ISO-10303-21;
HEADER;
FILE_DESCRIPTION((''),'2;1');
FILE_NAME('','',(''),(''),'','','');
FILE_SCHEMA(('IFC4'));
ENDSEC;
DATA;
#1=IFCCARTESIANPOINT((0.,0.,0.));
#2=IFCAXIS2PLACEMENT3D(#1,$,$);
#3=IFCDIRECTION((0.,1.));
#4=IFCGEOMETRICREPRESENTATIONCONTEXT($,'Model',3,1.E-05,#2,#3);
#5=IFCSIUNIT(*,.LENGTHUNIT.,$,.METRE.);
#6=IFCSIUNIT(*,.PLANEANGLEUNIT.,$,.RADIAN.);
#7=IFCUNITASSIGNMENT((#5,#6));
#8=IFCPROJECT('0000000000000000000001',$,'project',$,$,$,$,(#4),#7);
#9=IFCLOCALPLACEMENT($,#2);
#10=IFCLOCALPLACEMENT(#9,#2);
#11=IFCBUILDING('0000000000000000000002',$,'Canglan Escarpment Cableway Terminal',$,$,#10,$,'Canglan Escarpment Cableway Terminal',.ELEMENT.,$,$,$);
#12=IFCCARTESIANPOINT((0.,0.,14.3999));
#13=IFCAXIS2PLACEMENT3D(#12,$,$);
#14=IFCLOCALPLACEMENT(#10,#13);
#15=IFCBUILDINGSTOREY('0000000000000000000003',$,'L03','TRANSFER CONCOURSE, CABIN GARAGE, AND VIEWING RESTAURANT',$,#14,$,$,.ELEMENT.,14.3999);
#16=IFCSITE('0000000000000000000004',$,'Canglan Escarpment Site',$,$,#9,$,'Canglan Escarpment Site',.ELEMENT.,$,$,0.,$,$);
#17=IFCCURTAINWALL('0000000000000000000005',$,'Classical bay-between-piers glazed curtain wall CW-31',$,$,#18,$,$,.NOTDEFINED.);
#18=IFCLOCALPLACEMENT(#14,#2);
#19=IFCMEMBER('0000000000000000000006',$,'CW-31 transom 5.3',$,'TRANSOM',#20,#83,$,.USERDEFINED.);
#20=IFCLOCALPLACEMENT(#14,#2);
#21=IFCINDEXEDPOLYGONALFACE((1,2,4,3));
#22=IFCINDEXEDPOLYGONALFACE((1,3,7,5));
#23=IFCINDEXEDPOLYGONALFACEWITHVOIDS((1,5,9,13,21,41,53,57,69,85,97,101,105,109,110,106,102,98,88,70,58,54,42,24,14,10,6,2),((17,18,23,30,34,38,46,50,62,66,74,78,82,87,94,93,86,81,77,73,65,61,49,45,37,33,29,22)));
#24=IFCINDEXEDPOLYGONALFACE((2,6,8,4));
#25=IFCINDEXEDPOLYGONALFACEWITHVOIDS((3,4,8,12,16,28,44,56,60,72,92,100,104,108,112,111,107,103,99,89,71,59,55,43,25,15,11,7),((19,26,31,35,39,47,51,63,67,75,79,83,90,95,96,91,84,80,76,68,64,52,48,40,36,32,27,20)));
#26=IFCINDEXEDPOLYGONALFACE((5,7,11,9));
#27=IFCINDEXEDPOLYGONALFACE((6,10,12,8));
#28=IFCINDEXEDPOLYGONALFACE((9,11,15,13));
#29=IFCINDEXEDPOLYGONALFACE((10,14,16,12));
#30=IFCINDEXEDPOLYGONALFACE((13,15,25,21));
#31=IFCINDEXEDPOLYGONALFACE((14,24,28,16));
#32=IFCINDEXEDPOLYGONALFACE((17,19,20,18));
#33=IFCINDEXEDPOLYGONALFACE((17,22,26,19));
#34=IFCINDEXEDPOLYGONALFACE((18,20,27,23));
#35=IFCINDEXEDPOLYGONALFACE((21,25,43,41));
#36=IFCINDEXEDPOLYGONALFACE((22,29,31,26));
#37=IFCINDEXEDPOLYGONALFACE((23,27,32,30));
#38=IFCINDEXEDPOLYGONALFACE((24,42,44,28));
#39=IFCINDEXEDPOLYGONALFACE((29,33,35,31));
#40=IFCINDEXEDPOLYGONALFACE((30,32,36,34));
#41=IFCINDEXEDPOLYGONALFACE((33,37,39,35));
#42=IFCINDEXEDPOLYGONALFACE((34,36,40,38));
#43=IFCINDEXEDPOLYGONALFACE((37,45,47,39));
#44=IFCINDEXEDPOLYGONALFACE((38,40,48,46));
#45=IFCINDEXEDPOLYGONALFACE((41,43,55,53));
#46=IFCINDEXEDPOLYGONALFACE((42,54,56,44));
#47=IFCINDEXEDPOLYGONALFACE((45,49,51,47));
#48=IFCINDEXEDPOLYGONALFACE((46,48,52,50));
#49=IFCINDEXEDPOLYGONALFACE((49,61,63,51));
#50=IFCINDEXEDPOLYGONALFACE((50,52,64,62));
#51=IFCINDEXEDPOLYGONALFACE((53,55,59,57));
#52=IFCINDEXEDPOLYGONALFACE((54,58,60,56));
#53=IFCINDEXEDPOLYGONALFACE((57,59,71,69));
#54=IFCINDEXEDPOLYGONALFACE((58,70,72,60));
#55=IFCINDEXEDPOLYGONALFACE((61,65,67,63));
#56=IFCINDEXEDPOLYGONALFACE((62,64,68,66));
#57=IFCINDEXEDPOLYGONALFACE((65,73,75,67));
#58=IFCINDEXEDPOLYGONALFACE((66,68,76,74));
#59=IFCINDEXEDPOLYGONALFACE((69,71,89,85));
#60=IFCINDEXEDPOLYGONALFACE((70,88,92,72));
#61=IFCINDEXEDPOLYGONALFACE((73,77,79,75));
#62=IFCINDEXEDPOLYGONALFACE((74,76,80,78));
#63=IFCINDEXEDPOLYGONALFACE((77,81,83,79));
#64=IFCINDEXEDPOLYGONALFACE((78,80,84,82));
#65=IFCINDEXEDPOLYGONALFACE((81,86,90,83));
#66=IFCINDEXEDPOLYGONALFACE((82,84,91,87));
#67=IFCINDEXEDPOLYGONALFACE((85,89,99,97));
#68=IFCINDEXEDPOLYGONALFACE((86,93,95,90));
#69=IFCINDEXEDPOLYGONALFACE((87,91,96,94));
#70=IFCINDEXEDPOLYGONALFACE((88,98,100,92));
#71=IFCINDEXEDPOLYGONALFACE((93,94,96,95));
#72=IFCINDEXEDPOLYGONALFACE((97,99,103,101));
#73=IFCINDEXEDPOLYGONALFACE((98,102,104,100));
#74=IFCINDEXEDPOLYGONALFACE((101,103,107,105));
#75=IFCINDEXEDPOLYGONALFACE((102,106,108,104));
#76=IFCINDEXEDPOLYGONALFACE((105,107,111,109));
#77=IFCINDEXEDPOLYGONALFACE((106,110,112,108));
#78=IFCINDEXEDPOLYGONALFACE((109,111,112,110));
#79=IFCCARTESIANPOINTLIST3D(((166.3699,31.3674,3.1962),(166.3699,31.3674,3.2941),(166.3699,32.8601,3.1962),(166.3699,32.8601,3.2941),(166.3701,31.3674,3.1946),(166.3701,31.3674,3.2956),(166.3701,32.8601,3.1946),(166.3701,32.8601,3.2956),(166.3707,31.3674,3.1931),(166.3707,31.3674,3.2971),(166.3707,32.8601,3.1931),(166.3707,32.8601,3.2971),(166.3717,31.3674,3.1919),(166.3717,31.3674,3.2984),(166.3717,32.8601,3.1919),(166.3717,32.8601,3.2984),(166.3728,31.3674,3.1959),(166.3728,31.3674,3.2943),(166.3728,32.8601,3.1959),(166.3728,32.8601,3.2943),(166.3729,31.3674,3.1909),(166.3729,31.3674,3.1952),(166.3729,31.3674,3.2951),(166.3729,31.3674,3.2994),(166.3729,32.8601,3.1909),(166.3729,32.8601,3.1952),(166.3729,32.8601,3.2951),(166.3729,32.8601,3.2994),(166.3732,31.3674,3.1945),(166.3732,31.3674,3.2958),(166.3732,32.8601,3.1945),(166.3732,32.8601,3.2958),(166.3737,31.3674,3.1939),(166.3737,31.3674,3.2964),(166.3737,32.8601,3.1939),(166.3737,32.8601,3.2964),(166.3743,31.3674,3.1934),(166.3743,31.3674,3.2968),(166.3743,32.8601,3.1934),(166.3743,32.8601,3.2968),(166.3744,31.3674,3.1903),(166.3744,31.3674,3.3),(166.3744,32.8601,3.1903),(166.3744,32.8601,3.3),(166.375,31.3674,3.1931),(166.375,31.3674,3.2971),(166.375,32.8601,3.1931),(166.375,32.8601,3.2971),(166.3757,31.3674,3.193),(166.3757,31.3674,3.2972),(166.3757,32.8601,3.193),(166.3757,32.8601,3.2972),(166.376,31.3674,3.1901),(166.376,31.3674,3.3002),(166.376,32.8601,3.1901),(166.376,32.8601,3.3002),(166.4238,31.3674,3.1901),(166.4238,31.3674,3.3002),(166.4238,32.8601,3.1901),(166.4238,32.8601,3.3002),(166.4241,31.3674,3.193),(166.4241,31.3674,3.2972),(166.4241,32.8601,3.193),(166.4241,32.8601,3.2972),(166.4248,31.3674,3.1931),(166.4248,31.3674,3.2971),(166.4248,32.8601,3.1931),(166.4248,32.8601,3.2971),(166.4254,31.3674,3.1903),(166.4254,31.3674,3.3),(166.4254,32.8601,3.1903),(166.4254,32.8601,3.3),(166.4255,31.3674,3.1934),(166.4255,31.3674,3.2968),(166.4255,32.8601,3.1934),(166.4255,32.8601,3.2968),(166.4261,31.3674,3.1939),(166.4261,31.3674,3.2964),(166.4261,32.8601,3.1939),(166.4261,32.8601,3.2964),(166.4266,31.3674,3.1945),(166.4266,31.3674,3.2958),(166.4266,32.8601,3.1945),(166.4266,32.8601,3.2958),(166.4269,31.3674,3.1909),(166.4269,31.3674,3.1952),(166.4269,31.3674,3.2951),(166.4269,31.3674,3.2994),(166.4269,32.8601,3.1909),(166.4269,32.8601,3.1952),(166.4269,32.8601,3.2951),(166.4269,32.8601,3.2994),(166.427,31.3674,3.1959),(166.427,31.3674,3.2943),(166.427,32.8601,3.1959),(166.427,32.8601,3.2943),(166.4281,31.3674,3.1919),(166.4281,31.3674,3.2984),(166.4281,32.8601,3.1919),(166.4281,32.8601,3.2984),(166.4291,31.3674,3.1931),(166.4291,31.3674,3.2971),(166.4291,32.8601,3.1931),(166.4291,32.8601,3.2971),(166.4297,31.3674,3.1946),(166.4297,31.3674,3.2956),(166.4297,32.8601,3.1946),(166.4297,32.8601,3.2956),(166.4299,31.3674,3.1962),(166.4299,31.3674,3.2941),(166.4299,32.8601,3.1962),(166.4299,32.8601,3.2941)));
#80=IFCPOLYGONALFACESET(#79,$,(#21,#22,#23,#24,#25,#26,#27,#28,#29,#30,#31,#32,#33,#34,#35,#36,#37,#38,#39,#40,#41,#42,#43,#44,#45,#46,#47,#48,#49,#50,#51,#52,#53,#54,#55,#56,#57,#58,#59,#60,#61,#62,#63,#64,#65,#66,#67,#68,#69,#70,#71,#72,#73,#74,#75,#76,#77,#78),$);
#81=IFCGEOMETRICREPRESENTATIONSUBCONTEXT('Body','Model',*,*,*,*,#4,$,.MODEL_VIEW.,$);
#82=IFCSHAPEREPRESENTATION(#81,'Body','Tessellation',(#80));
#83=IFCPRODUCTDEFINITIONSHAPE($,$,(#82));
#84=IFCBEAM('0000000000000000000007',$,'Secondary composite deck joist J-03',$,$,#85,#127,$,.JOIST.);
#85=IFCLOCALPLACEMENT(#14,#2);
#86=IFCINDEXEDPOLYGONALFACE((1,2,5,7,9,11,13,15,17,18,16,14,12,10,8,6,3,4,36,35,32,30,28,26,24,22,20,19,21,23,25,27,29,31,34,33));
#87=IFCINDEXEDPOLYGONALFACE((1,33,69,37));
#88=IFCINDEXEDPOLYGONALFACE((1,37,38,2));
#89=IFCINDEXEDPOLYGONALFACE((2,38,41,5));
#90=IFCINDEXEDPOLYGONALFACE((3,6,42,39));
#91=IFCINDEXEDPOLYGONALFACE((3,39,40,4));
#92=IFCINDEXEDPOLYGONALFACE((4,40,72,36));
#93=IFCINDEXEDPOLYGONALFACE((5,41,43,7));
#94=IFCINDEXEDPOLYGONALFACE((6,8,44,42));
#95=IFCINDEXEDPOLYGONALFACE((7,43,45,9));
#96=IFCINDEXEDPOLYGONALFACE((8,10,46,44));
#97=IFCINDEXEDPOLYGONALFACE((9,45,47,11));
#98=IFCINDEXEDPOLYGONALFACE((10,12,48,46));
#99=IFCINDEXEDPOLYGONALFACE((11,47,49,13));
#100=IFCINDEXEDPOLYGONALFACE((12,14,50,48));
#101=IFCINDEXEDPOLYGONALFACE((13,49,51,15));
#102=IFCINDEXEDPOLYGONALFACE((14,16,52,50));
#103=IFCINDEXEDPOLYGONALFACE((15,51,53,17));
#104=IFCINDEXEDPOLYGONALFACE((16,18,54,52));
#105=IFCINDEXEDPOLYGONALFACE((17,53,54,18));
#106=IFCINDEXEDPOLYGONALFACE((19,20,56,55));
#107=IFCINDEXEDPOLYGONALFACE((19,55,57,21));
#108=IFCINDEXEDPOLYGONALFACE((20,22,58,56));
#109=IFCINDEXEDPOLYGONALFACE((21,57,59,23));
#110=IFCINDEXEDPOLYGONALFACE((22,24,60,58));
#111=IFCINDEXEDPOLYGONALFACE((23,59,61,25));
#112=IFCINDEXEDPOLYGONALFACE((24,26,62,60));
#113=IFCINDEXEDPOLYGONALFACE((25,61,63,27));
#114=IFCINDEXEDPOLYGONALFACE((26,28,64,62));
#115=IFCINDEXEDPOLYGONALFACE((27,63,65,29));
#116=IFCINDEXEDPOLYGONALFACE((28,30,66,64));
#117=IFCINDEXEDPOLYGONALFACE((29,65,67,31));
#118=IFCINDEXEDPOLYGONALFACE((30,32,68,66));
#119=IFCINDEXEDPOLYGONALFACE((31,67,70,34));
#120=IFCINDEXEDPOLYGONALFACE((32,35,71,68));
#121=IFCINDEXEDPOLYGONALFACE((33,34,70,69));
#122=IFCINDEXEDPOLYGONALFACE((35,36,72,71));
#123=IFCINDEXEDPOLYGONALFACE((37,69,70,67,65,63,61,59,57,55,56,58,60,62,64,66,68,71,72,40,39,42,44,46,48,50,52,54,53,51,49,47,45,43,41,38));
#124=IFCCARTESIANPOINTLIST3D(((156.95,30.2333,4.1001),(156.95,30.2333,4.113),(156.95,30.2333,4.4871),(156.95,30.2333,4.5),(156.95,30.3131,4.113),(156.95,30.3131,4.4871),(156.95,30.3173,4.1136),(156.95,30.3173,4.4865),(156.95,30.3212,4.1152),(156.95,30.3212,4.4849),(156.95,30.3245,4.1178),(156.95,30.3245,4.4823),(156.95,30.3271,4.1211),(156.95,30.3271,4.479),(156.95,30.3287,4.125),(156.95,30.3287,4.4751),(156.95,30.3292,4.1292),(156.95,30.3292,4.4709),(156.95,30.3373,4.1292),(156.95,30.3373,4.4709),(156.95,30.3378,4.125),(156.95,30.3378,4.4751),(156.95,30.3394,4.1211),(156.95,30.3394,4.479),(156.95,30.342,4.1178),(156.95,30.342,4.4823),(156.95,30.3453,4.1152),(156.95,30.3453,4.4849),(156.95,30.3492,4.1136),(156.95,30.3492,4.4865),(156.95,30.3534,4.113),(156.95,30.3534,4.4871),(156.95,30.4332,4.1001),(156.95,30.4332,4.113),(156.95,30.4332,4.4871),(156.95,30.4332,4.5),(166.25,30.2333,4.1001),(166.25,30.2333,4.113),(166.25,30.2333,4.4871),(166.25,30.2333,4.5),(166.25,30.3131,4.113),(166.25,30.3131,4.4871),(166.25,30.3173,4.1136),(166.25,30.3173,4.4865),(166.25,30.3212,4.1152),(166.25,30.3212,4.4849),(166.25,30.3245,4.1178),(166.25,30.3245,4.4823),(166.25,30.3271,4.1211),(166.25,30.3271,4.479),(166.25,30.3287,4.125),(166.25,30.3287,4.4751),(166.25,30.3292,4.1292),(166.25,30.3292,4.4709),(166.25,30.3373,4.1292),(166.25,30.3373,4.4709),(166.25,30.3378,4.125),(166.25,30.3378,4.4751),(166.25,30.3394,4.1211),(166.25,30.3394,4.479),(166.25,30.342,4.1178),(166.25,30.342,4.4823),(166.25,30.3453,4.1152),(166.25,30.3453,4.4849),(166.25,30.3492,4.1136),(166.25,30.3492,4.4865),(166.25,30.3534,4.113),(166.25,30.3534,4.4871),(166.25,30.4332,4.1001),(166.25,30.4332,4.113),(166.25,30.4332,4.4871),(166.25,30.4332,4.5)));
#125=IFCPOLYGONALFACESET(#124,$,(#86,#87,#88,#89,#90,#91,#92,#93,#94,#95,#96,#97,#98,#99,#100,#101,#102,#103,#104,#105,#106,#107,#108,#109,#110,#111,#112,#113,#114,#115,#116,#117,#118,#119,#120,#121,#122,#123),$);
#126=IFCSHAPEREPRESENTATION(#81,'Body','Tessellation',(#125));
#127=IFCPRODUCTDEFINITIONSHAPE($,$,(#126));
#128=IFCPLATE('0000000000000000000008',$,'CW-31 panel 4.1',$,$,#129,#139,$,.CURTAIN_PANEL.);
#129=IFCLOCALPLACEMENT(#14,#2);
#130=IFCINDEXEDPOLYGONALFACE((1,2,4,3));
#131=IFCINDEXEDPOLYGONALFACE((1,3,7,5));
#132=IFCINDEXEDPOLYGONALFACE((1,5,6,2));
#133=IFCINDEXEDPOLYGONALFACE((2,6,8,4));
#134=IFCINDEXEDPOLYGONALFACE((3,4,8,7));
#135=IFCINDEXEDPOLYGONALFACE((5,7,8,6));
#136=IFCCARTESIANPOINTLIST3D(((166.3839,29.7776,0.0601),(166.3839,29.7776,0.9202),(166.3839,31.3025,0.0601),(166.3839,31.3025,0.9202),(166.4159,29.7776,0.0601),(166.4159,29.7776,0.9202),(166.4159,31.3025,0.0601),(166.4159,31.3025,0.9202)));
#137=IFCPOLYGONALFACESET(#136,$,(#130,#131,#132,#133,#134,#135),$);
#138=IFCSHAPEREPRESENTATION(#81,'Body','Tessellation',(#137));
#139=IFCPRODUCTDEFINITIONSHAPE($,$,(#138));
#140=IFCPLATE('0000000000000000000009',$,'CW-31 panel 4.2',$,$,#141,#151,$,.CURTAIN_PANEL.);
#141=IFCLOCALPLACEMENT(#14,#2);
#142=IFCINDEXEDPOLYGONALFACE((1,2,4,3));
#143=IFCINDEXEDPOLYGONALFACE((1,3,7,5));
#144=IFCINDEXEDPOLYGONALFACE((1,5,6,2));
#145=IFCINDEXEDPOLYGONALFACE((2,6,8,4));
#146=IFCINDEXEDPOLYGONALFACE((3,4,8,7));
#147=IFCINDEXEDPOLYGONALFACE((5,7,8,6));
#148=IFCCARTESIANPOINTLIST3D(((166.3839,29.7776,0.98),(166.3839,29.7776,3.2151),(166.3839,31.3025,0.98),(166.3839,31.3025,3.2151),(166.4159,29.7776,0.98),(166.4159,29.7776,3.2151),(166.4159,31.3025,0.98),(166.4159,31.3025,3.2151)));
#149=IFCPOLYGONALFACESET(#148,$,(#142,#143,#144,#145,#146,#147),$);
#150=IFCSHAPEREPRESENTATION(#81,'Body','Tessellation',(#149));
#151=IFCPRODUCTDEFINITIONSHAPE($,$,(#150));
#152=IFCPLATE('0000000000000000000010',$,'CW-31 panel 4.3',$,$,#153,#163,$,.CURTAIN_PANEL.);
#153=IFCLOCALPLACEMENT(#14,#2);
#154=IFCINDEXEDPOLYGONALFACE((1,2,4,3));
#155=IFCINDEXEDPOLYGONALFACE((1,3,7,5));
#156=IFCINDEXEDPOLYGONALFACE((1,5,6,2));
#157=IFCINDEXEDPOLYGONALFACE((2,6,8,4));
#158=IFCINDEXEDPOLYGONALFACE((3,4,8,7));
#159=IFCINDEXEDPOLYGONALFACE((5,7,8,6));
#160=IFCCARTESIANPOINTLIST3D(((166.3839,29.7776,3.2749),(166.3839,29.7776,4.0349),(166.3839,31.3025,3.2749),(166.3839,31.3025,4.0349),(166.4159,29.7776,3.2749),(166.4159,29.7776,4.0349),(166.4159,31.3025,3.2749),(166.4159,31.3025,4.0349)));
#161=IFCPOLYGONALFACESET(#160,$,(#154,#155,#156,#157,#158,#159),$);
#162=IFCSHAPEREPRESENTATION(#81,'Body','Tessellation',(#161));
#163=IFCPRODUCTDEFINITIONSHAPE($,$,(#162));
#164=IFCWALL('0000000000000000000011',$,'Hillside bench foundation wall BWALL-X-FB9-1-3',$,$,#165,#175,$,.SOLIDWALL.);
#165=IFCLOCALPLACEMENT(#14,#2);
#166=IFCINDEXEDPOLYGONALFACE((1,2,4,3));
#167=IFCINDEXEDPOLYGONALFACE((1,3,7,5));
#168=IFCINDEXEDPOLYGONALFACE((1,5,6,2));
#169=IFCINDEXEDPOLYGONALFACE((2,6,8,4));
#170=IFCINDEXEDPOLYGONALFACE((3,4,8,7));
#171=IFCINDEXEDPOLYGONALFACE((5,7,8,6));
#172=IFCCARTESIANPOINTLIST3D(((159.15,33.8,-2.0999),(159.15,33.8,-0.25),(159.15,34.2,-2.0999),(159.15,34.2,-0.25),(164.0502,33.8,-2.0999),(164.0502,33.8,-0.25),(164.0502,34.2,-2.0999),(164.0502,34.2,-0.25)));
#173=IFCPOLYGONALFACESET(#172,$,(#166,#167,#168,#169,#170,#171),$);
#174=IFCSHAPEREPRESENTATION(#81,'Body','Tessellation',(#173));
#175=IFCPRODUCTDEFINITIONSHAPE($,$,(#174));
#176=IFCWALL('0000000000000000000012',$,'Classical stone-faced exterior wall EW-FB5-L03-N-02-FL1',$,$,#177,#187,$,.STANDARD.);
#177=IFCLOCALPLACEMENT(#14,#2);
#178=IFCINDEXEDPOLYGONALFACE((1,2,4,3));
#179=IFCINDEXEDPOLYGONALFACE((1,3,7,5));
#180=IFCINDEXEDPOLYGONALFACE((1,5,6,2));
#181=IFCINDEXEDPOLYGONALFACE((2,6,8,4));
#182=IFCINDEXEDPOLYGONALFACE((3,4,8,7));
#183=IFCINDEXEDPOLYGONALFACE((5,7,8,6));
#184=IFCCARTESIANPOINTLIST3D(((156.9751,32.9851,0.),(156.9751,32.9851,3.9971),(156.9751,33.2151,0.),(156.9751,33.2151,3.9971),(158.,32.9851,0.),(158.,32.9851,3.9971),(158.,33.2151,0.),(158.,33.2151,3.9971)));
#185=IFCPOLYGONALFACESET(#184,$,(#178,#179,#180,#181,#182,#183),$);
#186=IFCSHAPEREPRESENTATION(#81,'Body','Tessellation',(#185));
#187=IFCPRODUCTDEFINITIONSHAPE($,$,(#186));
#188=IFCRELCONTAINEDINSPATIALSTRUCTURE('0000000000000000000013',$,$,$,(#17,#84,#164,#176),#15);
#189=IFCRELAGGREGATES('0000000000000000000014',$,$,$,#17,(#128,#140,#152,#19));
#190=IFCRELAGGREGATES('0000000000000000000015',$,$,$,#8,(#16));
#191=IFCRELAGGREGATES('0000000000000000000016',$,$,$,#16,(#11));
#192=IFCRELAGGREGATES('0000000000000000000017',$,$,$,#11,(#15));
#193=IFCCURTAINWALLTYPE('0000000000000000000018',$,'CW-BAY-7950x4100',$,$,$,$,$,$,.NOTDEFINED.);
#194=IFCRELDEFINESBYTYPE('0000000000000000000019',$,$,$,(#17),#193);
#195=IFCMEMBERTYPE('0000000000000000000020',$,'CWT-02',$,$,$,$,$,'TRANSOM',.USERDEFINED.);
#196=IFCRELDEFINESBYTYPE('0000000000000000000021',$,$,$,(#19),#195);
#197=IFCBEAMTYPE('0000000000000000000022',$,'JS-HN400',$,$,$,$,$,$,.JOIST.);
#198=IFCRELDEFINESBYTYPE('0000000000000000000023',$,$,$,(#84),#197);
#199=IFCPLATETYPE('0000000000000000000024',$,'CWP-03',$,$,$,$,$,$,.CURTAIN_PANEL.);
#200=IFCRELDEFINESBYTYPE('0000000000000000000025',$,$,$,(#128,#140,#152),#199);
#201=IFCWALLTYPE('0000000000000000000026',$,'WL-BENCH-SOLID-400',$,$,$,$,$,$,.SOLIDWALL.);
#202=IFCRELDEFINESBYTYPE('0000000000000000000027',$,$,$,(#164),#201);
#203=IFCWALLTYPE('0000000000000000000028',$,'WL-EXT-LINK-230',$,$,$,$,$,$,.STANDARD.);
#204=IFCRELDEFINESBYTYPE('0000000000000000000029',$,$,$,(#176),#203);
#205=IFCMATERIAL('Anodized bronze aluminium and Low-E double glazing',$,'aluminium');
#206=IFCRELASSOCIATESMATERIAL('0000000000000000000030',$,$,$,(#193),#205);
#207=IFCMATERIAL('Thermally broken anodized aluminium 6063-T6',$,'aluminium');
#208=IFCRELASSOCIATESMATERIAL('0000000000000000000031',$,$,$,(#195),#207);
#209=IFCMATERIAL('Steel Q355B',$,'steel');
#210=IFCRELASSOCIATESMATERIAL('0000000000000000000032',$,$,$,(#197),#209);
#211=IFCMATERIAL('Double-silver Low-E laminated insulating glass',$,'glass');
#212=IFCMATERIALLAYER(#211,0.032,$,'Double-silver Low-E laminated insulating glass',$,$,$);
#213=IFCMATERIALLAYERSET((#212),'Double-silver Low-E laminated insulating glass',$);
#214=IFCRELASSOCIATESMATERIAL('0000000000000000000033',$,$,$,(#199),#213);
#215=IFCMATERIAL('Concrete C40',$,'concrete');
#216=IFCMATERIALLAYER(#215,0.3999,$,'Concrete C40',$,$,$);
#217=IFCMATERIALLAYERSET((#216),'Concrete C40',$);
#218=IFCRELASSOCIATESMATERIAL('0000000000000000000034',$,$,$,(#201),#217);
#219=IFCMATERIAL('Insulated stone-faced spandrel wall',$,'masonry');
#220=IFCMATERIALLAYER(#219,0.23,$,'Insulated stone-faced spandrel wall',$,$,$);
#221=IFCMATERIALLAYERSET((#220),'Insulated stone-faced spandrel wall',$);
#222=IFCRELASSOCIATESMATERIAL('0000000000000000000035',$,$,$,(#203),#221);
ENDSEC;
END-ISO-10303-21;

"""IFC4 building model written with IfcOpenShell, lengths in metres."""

from ifc_helpers import new_model, si_unit, direction, frame, frame_2d, origin, origin_2d, place, context, subcontext, project, spatial, rectangle, hollow_rectangle, i_section, extrude, material, layer, layer_set, material_profile, profile_set, type_object, element, aggregate, save


model = new_model("IFC4")

# Units and contexts
model_context = context("Model", 3, precision=1e-05, world=origin(), true_north=direction((0.0, 1.0)))
body_context = subcontext(model_context, "Body", "Model", "MODEL_VIEW")
ifc_project = project(units=[si_unit("LENGTHUNIT", "METRE"), si_unit("PLANEANGLEUNIT", "RADIAN")], contexts=[model_context])

# Site, building, storey
site_placement = place(None, origin())
site = spatial("IfcSite", under=ifc_project, at=site_placement, Name="Canglan Escarpment Site", LongName="Canglan Escarpment Site", CompositionType="ELEMENT", RefElevation=0.0)
building_placement = place(site_placement, origin())
building = spatial("IfcBuilding", under=site, at=building_placement, Name="Canglan Escarpment Cableway Terminal", LongName="Canglan Escarpment Cableway Terminal", CompositionType="ELEMENT")
storey_placement = place(building_placement, frame((0.0, 0.0, 14.3999)))
storey = spatial("IfcBuildingStorey", under=building, at=storey_placement, Name="L03", Description="TRANSFER CONCOURSE, CABIN GARAGE, AND VIEWING RESTAURANT", CompositionType="ELEMENT", Elevation=14.3999)

# Shared definitions
ifc_material_1 = material(Name="Concrete C40", Category="concrete")

# Shared definitions
ifc_material_2 = material(Name="Steel Q355B", Category="steel")

# Curtain wall, member
ifc_material_3 = material(Name="Anodized bronze aluminium and Low-E double glazing", Category="aluminium")
curtain_wall_type = type_object("IfcCurtainWallType", Name="CW-BAY-7950x4100", PredefinedType="NOTDEFINED", material=ifc_material_3)
curtain_wall_placement = place(storey_placement, origin())
curtain_wall = element("IfcCurtainWall", 1, at=curtain_wall_placement, inside=storey, type_object=curtain_wall_type, Name="Classical bay-between-piers glazed curtain wall CW-31", PredefinedType="NOTDEFINED")
ifc_material_4 = material(Name="Thermally broken anodized aluminium 6063-T6", Category="aluminium")
ifc_material_profile_1 = material_profile(ifc_material_4, hollow_rectangle(XDim=0.0601, YDim=0.1101, WallThickness=0.0029, InnerFilletRadius=0.0029, OuterFilletRadius=0.0061, at=origin_2d()), Name="ALU-TRAN 60x110x3")
ifc_profile_set_1 = profile_set([ifc_material_profile_1], Name="Thermally broken anodized aluminium 6063-T6")
member_type_1 = type_object("IfcMemberType", Name="CWT-02", ElementType="TRANSOM", PredefinedType="USERDEFINED", material=ifc_profile_set_1)
member_1_placement = place(storey_placement, frame((166.3999, 31.3674, 3.2451), z_axis=(0.0, 1.0, 0.0), x_axis=(-1.0, 0.0, 0.0)))
member_1 = element("IfcMember", 2, at=member_1_placement, type_object=member_type_1, Name="CW-31 transom 5.3", ObjectType="TRANSOM", PredefinedType="USERDEFINED", context=body_context, shape_type="SweptSolid", body=[
    extrude(hollow_rectangle(XDim=0.0601, YDim=0.1101, WallThickness=0.0029, InnerFilletRadius=0.0029, OuterFilletRadius=0.0061, at=origin_2d()), origin(), (0.0, 0.0, 1.0), 1.4927),
])

# Beam
ifc_material_profile_2 = material_profile(ifc_material_2, i_section(OverallWidth=0.2, OverallDepth=0.3999, WebThickness=0.0081, FlangeThickness=0.0129, FilletRadius=0.0161, at=origin_2d()), Name="HN 400x200x8x13")
ifc_profile_set_2 = profile_set([ifc_material_profile_2], Name="Steel Q355B")
beam_type_1 = type_object("IfcBeamType", Name="JS-HN400", PredefinedType="JOIST", material=ifc_profile_set_2)
beam_1_placement = place(storey_placement, frame((156.95, 30.3333, 4.3), z_axis=(1.0, 0.0, 0.0), x_axis=(0.0, 1.0, 0.0)))
element("IfcBeam", 3, at=beam_1_placement, inside=storey, type_object=beam_type_1, Name="Secondary composite deck joist J-03", PredefinedType="JOIST", context=body_context, shape_type="SweptSolid", body=[
    extrude(i_section(OverallWidth=0.2, OverallDepth=0.3999, WebThickness=0.0081, FlangeThickness=0.0129, FilletRadius=0.0161, at=origin_2d()), origin(), (0.0, 0.0, 1.0), 9.3),
])

# Plates
ifc_material_5 = material(Name="Double-silver Low-E laminated insulating glass", Category="glass")
ifc_layer_1 = layer(ifc_material_5, 0.032, Name="Double-silver Low-E laminated insulating glass")
ifc_layer_set_1 = layer_set([ifc_layer_1], Name="Double-silver Low-E laminated insulating glass")
plate_type = type_object("IfcPlateType", Name="CWP-03", PredefinedType="CURTAIN_PANEL", material=ifc_layer_set_1)
plate_1_placement = place(storey_placement, frame((166.3999, 30.54, 0.0601), z_axis=(0.0, 0.0, 1.0), x_axis=(0.0, 1.0, 0.0)))
plate_1 = element("IfcPlate", 4, at=plate_1_placement, type_object=plate_type, Name="CW-31 panel 4.1", PredefinedType="CURTAIN_PANEL", context=body_context, shape_type="SweptSolid", body=[
    extrude(rectangle(XDim=1.5249, YDim=0.032, at=origin_2d()), origin(), (0.0, 0.0, 1.0), 0.8601),
])
plate_2_placement = place(storey_placement, frame((166.3999, 30.54, 0.98), z_axis=(0.0, 0.0, 1.0), x_axis=(0.0, 1.0, 0.0)))
plate_2 = element("IfcPlate", 5, at=plate_2_placement, type_object=plate_type, Name="CW-31 panel 4.2", PredefinedType="CURTAIN_PANEL", context=body_context, shape_type="SweptSolid", body=[
    extrude(rectangle(XDim=1.5249, YDim=0.032, at=origin_2d()), origin(), (0.0, 0.0, 1.0), 2.2351),
])
plate_3_placement = place(storey_placement, frame((166.3999, 30.54, 3.2749), z_axis=(0.0, 0.0, 1.0), x_axis=(0.0, 1.0, 0.0)))
plate_3 = element("IfcPlate", 6, at=plate_3_placement, type_object=plate_type, Name="CW-31 panel 4.3", PredefinedType="CURTAIN_PANEL", context=body_context, shape_type="SweptSolid", body=[
    extrude(rectangle(XDim=1.5249, YDim=0.032, at=origin_2d()), origin(), (0.0, 0.0, 1.0), 0.76),
])
aggregate(curtain_wall, [plate_1, plate_2, plate_3, member_1])

# Walls
ifc_layer_2 = layer(ifc_material_1, 0.3999, Name="Concrete C40")
ifc_layer_set_2 = layer_set([ifc_layer_2], Name="Concrete C40")
wall_type_1 = type_object("IfcWallType", Name="WL-BENCH-SOLID-400", PredefinedType="SOLIDWALL", material=ifc_layer_set_2)
wall_1_placement = place(storey_placement, frame((159.1499, 34.0, -2.0999), z_axis=(0.0, 0.0, 1.0), x_axis=(1.0, 0.0, 0.0)))
element("IfcWall", 7, at=wall_1_placement, inside=storey, type_object=wall_type_1, Name="Hillside bench foundation wall BWALL-X-FB9-1-3", PredefinedType="SOLIDWALL", context=body_context, shape_type="SweptSolid", body=[
    extrude(rectangle(XDim=4.9001, YDim=0.3999, at=frame_2d((2.4502, 0.0))), origin(), (0.0, 0.0, 1.0), 1.8499),
])
ifc_material_6 = material(Name="Insulated stone-faced spandrel wall", Category="masonry")
ifc_layer_3 = layer(ifc_material_6, 0.23, Name="Insulated stone-faced spandrel wall")
ifc_layer_set_3 = layer_set([ifc_layer_3], Name="Insulated stone-faced spandrel wall")
wall_type_2 = type_object("IfcWallType", Name="WL-EXT-LINK-230", PredefinedType="STANDARD", material=ifc_layer_set_3)
wall_2_placement = place(storey_placement, frame((156.9751, 33.1001, 0.0), z_axis=(0.0, 0.0, 1.0), x_axis=(1.0, 0.0, 0.0)))
element("IfcWall", 8, at=wall_2_placement, inside=storey, type_object=wall_type_2, Name="Classical stone-faced exterior wall EW-FB5-L03-N-02-FL1", PredefinedType="STANDARD", context=body_context, shape_type="SweptSolid", body=[
    extrude(rectangle(XDim=1.0249, YDim=0.23, at=frame_2d((0.5125, 0.0))), origin(), (0.0, 0.0, 1.0), 3.9971),
])

save(model, "model.ifc")
